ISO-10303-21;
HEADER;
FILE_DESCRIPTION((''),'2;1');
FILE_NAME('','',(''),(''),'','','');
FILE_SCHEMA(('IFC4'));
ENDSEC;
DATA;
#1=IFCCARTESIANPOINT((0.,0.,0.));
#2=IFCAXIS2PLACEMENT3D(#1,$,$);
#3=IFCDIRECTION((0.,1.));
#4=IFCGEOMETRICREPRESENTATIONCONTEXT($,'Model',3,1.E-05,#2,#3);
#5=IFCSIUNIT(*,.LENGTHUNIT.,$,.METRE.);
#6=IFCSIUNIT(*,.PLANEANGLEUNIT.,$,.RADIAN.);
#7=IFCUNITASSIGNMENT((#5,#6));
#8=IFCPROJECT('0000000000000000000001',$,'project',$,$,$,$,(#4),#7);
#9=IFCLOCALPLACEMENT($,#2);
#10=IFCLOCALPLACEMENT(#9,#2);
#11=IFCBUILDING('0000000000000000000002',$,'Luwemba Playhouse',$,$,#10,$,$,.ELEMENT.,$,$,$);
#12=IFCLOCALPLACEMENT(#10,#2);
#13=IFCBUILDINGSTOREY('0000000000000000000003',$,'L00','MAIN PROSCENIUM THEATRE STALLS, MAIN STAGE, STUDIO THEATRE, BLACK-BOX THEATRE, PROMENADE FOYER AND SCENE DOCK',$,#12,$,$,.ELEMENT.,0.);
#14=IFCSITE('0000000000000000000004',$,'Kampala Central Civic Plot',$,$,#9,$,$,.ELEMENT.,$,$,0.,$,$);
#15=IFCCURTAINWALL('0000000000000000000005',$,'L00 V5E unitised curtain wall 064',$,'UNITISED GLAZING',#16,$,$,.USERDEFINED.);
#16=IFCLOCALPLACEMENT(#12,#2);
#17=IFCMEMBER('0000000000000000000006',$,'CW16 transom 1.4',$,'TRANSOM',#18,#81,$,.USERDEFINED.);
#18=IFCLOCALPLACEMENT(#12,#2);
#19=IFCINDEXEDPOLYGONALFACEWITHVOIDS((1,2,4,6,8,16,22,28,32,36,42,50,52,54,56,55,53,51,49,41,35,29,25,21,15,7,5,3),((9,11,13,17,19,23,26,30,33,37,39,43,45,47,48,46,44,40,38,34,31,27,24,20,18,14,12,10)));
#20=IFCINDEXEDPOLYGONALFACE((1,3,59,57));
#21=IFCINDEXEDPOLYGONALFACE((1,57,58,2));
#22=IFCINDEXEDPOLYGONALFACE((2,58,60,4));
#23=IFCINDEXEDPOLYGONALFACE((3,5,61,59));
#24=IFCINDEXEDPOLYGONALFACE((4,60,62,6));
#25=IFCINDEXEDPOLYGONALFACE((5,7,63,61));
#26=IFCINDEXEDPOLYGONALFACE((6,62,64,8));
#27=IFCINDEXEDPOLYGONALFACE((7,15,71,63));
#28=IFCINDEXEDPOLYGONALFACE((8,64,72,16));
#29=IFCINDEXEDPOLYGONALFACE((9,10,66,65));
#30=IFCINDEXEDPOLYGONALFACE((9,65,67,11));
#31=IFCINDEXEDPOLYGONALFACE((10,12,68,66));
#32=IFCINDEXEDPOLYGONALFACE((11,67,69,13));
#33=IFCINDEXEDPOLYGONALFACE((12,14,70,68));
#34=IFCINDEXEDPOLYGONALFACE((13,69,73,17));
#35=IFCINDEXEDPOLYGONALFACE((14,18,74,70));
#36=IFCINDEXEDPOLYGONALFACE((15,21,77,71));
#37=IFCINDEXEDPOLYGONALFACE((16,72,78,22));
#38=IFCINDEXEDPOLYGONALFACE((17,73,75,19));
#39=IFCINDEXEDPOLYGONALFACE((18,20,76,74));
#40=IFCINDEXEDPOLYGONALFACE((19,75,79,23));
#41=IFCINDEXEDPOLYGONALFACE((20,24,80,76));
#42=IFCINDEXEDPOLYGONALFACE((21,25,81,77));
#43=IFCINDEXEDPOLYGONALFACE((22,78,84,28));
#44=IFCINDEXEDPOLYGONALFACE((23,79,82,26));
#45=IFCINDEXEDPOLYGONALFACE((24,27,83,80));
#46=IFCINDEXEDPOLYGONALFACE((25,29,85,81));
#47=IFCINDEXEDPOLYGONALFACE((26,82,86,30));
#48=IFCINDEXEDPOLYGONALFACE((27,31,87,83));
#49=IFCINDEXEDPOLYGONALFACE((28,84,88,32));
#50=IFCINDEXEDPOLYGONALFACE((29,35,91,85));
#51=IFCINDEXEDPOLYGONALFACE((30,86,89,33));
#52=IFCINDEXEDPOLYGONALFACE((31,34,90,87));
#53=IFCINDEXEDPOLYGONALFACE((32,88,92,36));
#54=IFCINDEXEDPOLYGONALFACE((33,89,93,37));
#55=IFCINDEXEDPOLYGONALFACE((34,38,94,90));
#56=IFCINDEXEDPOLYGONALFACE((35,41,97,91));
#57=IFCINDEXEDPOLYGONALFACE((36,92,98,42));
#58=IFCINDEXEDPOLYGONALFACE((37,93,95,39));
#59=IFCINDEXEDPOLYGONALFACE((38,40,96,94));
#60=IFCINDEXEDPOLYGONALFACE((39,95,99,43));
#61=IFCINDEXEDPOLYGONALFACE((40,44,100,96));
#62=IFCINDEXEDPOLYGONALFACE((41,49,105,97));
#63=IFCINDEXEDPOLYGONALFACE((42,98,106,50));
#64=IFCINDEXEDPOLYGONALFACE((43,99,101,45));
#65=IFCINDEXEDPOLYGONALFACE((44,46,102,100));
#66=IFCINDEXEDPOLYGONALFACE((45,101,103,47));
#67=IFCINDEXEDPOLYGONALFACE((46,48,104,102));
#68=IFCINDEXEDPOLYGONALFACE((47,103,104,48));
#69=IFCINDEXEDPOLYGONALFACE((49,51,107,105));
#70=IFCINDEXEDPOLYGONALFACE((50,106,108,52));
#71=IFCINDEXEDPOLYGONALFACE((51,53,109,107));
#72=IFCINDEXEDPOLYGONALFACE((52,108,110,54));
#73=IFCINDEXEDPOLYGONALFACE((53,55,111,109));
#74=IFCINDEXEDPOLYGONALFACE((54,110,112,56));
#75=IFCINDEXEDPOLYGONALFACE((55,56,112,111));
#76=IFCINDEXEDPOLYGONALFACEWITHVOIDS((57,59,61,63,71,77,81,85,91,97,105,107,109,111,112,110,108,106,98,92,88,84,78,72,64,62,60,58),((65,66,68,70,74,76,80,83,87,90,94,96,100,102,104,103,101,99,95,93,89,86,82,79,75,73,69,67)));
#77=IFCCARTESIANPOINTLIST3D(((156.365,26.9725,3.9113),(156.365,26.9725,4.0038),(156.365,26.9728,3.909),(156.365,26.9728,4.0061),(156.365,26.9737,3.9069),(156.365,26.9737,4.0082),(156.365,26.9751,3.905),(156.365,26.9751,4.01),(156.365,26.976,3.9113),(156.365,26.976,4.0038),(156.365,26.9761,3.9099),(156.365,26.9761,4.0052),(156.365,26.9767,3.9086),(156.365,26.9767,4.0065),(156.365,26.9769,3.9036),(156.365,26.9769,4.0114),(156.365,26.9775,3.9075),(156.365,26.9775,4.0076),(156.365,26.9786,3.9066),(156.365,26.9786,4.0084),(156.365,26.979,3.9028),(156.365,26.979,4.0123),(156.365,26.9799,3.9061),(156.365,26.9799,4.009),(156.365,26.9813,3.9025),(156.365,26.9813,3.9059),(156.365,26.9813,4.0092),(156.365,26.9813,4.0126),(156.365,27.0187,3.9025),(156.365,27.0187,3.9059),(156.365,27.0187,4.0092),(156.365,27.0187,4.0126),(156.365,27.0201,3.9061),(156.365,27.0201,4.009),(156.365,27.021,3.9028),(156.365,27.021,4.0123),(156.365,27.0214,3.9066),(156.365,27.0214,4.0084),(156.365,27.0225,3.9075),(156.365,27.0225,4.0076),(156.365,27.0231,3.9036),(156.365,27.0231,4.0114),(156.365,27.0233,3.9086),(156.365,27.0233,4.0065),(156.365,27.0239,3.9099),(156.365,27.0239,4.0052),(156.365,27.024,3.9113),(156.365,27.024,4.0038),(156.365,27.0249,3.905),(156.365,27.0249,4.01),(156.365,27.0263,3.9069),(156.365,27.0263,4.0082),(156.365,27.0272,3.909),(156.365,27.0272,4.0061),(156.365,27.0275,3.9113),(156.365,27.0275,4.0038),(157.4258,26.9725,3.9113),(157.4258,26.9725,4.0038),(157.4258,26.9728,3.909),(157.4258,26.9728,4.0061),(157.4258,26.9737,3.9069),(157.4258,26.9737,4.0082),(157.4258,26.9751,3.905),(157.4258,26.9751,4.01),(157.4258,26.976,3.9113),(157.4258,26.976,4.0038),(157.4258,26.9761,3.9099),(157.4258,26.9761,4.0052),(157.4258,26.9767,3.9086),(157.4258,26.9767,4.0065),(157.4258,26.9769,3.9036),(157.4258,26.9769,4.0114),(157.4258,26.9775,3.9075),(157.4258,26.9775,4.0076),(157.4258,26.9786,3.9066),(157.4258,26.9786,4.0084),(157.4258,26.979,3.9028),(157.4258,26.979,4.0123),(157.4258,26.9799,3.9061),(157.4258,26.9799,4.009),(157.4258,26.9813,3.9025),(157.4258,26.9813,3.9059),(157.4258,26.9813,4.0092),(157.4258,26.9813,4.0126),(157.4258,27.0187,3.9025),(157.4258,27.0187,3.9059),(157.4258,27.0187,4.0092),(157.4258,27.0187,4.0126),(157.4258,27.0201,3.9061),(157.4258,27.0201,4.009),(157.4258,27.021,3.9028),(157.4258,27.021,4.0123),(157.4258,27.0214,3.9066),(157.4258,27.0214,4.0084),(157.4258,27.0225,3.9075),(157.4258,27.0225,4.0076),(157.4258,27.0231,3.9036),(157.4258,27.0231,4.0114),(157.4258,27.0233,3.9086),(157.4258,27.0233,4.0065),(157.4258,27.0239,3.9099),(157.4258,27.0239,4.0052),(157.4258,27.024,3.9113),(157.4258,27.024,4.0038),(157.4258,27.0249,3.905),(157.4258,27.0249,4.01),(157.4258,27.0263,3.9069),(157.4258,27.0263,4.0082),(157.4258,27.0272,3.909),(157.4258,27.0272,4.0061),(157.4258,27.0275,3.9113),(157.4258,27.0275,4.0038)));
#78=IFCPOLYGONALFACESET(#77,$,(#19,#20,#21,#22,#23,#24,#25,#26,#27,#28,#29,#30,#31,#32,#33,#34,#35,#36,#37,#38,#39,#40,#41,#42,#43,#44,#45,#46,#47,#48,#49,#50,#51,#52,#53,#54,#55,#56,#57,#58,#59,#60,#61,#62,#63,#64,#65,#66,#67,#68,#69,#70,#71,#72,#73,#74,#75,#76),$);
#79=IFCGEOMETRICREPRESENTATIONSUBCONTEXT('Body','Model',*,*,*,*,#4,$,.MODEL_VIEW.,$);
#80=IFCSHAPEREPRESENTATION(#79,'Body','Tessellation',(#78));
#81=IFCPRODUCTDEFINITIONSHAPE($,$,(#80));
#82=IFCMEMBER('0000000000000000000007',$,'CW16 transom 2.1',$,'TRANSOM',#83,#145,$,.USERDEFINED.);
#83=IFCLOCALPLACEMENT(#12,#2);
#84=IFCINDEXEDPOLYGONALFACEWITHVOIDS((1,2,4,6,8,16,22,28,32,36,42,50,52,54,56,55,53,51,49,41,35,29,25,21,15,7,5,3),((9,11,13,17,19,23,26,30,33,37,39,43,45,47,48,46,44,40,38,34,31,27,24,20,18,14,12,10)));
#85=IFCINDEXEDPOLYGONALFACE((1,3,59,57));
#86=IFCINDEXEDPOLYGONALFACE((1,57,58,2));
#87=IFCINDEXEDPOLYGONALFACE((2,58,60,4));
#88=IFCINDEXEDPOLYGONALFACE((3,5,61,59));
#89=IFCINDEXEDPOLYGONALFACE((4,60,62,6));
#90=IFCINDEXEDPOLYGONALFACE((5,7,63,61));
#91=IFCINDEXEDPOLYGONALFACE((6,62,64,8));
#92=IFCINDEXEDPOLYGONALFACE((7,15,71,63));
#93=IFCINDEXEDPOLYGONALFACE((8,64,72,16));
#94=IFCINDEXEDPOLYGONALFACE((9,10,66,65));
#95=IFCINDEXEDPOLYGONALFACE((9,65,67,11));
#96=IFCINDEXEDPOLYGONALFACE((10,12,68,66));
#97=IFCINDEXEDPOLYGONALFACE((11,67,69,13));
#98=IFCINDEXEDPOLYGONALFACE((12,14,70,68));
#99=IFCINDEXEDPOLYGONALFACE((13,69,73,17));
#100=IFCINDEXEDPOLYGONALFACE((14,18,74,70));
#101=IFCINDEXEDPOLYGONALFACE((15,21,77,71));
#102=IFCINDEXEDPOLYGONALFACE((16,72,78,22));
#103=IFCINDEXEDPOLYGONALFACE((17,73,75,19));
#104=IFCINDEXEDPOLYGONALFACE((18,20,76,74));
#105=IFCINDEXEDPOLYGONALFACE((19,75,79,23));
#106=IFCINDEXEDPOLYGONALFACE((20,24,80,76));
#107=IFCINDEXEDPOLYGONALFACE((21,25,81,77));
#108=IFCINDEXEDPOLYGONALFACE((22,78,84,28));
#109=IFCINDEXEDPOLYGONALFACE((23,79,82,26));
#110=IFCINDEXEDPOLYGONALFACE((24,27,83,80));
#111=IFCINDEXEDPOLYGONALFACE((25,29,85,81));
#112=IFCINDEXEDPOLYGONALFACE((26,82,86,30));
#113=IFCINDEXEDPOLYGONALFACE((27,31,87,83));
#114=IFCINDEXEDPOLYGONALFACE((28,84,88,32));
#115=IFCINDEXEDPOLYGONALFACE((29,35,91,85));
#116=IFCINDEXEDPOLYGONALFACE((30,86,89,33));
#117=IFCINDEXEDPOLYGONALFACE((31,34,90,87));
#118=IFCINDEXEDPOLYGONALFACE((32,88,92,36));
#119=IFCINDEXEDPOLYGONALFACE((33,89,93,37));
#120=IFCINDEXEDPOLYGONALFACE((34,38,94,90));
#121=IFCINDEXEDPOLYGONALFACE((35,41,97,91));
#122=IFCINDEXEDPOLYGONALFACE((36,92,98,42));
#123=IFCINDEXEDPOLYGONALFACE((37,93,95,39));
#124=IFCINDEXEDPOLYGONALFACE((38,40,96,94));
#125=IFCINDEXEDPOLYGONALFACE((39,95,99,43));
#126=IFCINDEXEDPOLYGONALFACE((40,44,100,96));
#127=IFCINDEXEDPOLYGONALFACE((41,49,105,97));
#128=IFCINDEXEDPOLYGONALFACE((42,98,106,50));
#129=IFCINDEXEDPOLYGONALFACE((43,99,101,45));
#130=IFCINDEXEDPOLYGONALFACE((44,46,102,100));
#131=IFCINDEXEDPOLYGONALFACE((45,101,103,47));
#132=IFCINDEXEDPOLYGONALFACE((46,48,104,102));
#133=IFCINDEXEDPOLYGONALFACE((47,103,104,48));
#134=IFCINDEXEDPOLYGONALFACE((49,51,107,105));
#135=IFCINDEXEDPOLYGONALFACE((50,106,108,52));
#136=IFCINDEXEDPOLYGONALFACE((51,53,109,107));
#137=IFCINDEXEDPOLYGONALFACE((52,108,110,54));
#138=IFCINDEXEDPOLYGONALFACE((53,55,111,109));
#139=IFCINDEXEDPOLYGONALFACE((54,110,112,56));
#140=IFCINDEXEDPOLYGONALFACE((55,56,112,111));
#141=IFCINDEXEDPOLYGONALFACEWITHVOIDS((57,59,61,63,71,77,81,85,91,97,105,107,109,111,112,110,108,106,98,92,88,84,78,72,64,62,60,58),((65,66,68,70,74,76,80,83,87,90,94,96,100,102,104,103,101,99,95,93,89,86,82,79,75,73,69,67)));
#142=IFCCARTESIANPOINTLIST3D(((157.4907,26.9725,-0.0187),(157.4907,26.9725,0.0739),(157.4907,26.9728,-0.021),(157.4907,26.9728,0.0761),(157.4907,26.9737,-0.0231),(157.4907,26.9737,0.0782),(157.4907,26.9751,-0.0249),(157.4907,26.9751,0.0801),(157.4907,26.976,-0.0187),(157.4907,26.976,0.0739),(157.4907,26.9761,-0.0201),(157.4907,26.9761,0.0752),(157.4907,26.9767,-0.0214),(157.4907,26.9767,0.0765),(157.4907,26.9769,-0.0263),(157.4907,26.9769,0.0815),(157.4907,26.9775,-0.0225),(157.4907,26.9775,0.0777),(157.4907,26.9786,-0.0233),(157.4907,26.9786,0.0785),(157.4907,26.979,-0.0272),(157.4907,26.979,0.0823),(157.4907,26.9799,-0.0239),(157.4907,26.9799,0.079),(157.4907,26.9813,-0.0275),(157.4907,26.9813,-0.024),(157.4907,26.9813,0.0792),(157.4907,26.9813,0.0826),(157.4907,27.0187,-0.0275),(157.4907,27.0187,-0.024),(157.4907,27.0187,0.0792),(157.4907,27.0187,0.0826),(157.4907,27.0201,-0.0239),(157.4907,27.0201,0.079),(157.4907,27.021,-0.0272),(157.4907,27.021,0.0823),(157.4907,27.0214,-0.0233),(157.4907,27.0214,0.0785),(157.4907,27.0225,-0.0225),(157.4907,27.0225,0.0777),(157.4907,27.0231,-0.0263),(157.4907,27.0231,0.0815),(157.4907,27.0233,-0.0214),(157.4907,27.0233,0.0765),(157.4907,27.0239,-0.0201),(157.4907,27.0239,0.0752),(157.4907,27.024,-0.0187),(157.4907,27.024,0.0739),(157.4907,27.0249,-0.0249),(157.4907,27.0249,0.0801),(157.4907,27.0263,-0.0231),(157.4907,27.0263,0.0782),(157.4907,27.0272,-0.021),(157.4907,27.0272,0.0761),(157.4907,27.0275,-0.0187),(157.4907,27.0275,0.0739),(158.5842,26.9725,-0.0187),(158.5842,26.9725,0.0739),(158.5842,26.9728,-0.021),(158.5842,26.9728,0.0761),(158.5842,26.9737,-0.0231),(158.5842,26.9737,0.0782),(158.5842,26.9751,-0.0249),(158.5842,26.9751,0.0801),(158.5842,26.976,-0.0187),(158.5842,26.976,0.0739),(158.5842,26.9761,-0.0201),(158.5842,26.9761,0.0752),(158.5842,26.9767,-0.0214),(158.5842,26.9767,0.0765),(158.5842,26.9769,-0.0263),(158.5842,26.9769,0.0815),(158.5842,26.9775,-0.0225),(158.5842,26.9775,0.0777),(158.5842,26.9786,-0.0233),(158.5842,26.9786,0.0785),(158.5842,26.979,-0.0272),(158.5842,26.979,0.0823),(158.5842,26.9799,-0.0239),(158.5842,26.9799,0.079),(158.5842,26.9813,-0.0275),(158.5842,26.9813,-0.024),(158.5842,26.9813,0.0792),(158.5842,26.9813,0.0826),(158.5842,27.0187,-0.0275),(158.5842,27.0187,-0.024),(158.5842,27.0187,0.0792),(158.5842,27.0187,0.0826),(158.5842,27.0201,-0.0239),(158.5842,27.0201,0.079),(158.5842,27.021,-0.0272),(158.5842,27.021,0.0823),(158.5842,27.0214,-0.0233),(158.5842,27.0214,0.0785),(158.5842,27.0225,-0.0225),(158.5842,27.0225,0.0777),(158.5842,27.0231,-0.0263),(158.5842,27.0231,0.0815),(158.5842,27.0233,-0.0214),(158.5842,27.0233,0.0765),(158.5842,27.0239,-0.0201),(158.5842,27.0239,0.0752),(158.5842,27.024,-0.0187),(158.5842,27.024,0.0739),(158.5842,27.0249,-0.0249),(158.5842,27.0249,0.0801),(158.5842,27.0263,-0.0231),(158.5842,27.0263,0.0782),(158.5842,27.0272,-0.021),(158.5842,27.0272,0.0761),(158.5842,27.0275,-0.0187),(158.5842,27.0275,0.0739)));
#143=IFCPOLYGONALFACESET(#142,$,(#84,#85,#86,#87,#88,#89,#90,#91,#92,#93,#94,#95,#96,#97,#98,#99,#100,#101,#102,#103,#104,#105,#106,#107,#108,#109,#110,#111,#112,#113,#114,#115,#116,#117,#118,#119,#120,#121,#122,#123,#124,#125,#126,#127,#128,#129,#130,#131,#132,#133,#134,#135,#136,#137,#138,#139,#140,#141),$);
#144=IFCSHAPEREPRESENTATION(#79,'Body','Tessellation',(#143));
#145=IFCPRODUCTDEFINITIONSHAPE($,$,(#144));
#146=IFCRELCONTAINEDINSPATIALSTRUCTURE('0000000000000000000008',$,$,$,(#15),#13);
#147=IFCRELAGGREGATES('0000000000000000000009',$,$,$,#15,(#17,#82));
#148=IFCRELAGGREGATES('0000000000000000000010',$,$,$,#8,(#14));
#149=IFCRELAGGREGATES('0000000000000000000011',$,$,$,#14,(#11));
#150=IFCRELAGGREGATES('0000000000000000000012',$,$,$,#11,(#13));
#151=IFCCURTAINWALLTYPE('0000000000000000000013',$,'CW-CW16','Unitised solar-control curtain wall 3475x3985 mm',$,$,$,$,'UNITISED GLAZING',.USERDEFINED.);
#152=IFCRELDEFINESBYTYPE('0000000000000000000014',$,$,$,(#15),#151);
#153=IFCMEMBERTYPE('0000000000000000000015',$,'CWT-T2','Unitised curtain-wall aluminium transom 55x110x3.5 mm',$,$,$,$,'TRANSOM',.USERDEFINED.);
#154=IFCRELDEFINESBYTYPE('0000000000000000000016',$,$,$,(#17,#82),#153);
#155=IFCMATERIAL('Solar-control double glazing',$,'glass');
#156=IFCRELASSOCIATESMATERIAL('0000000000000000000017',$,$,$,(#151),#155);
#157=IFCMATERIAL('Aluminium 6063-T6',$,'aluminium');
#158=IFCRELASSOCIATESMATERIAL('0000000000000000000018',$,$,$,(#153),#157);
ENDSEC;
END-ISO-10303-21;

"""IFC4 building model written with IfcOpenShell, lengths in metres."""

from ifc_helpers import new_model, si_unit, direction, frame, origin, origin_2d, place, context, subcontext, project, spatial, hollow_rectangle, extrude, material, material_profile, profile_set, type_object, element, aggregate, save


model = new_model("IFC4")

# Units and contexts
model_context = context("Model", 3, precision=1e-05, world=origin(), true_north=direction((0.0, 1.0)))
body_context = subcontext(model_context, "Body", "Model", "MODEL_VIEW")
ifc_project = project(units=[si_unit("LENGTHUNIT", "METRE"), si_unit("PLANEANGLEUNIT", "RADIAN")], contexts=[model_context])

# Site, building, storey
site_placement = place(None, origin())
site = spatial("IfcSite", under=ifc_project, at=site_placement, Name="Kampala Central Civic Plot", CompositionType="ELEMENT", RefElevation=0.0)
building_placement = place(site_placement, origin())
building = spatial("IfcBuilding", under=site, at=building_placement, Name="Luwemba Playhouse", CompositionType="ELEMENT")
storey_placement = place(building_placement, origin())
storey = spatial("IfcBuildingStorey", under=building, at=storey_placement, Name="L00", Description="MAIN PROSCENIUM THEATRE STALLS, MAIN STAGE, STUDIO THEATRE, BLACK-BOX THEATRE, PROMENADE FOYER AND SCENE DOCK", CompositionType="ELEMENT", Elevation=0.0)

# Curtain wall, members
ifc_material_1 = material(Name="Solar-control double glazing", Category="glass")
curtain_wall_type = type_object("IfcCurtainWallType", Name="CW-CW16", Description="Unitised solar-control curtain wall 3475x3985 mm", ElementType="UNITISED GLAZING", PredefinedType="USERDEFINED", material=ifc_material_1)
curtain_wall_placement = place(storey_placement, origin())
curtain_wall = element("IfcCurtainWall", 1, at=curtain_wall_placement, inside=storey, type_object=curtain_wall_type, Name="L00 V5E unitised curtain wall 064", ObjectType="UNITISED GLAZING", PredefinedType="USERDEFINED")
ifc_material_2 = material(Name="Aluminium 6063-T6", Category="aluminium")
ifc_material_profile_1 = material_profile(ifc_material_2, hollow_rectangle(XDim=0.0549, YDim=0.1101, WallThickness=0.0034, InnerFilletRadius=0.0054, OuterFilletRadius=0.0088, at=origin_2d()))
ifc_profile_set_1 = profile_set([ifc_material_profile_1], Name="Aluminium 6063-T6")
member_type_1 = type_object("IfcMemberType", Name="CWT-T2", Description="Unitised curtain-wall aluminium transom 55x110x3.5 mm", ElementType="TRANSOM", PredefinedType="USERDEFINED", material=ifc_profile_set_1)
member_1_placement = place(storey_placement, frame((156.365, 27.0, 3.9575), z_axis=(1.0, 0.0, 0.0), x_axis=(0.0, 1.0, 0.0)))
member_1 = element("IfcMember", 2, at=member_1_placement, type_object=member_type_1, Name="CW16 transom 1.4", ObjectType="TRANSOM", PredefinedType="USERDEFINED", context=body_context, shape_type="SweptSolid", body=[
    extrude(hollow_rectangle(XDim=0.0549, YDim=0.1101, WallThickness=0.0034, InnerFilletRadius=0.0054, OuterFilletRadius=0.0088, at=origin_2d()), origin(), (0.0, 0.0, 1.0), 1.0608),
])
member_2_placement = place(storey_placement, frame((157.4907, 27.0, 0.0276), z_axis=(1.0, 0.0, 0.0), x_axis=(0.0, 1.0, 0.0)))
member_2 = element("IfcMember", 3, at=member_2_placement, type_object=member_type_1, Name="CW16 transom 2.1", ObjectType="TRANSOM", PredefinedType="USERDEFINED", context=body_context, shape_type="SweptSolid", body=[
    extrude(hollow_rectangle(XDim=0.0549, YDim=0.1101, WallThickness=0.0034, InnerFilletRadius=0.0054, OuterFilletRadius=0.0088, at=origin_2d()), origin(), (0.0, 0.0, 1.0), 1.0935),
])
aggregate(curtain_wall, [member_1, member_2])

save(model, "model.ifc")
